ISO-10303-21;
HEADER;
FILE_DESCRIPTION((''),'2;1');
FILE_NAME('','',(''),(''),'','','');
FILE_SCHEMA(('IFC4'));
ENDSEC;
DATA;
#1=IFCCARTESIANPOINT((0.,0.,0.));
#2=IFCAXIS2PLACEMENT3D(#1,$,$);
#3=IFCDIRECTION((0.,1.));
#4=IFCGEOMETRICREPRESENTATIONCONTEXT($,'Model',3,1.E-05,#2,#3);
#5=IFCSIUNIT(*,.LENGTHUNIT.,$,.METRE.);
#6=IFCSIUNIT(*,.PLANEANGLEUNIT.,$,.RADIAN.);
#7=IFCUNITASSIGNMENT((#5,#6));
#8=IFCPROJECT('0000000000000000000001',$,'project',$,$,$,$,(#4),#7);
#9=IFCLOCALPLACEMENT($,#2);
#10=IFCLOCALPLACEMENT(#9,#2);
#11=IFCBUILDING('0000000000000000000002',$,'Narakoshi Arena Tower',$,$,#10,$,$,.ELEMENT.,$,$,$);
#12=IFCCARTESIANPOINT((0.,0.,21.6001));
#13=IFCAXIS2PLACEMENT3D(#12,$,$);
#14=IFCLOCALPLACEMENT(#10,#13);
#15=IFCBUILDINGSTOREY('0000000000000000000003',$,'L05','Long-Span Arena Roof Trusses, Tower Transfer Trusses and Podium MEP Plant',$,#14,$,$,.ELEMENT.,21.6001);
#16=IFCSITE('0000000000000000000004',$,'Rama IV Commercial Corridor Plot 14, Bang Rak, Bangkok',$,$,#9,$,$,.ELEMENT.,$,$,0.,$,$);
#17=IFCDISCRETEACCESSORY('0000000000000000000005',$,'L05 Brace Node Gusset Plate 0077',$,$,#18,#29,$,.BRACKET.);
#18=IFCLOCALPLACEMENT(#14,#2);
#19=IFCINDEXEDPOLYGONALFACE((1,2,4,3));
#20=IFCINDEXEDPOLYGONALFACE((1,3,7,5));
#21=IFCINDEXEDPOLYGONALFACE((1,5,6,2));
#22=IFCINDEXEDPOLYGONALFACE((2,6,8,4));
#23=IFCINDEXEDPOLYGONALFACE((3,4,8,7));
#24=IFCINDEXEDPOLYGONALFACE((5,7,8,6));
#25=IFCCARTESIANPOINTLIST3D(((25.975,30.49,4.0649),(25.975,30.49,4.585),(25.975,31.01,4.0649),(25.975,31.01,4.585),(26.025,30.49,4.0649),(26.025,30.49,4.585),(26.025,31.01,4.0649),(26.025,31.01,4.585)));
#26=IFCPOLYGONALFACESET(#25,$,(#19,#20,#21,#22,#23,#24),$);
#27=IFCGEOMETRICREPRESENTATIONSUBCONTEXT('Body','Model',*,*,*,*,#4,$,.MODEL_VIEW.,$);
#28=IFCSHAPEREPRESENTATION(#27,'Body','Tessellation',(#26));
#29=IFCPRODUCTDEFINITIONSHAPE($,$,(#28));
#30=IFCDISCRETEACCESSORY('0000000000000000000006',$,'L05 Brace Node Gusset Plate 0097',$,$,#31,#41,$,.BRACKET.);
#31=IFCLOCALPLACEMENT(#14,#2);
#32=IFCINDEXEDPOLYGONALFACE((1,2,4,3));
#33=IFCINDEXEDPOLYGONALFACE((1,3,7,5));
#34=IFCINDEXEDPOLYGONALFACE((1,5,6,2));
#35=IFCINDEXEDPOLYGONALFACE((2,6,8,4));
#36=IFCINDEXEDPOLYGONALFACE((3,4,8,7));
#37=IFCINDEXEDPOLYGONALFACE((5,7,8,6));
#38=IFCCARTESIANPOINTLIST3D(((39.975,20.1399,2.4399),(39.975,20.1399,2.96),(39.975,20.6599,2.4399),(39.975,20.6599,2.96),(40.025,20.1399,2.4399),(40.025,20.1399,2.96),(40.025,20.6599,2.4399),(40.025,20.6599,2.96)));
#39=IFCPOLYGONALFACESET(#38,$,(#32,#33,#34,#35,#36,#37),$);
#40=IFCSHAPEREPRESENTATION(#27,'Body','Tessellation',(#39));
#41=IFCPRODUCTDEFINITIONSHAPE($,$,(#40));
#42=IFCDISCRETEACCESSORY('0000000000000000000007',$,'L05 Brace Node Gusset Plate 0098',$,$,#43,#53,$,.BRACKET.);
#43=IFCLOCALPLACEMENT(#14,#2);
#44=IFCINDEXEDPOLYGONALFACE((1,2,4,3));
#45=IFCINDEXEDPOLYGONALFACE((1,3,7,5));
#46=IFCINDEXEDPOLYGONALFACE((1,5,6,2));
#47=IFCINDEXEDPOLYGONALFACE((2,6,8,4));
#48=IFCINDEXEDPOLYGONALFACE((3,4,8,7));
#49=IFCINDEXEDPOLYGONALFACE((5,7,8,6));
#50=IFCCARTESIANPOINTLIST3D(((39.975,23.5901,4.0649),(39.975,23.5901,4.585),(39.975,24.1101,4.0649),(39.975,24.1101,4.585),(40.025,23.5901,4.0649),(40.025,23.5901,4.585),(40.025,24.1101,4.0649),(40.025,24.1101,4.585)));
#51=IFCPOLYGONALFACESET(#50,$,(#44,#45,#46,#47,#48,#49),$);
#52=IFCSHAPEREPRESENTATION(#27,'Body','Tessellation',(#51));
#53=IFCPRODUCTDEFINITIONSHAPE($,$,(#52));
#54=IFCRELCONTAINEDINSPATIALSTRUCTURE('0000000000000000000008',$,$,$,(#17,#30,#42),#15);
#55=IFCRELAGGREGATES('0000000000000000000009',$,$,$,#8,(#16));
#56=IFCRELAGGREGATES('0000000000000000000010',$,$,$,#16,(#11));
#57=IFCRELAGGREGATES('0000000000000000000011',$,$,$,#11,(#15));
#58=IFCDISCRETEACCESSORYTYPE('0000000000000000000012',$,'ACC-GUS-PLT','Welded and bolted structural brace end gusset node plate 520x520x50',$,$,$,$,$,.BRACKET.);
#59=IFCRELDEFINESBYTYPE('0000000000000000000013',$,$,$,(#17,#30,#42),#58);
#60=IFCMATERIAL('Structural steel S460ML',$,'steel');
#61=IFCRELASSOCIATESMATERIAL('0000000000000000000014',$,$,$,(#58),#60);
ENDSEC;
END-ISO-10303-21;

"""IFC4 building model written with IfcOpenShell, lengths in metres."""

from ifc_helpers import new_model, si_unit, direction, frame, origin, origin_2d, place, context, subcontext, project, spatial, rectangle, extrude, material, type_object, element, save


model = new_model("IFC4")

# Units and contexts
model_context = context("Model", 3, precision=1e-05, world=origin(), true_north=direction((0.0, 1.0)))
body_context = subcontext(model_context, "Body", "Model", "MODEL_VIEW")
ifc_project = project(units=[si_unit("LENGTHUNIT", "METRE"), si_unit("PLANEANGLEUNIT", "RADIAN")], contexts=[model_context])

# Site, building, storey
site_placement = place(None, origin())
site = spatial("IfcSite", under=ifc_project, at=site_placement, Name="Rama IV Commercial Corridor Plot 14, Bang Rak, Bangkok", CompositionType="ELEMENT", RefElevation=0.0)
building_placement = place(site_placement, origin())
building = spatial("IfcBuilding", under=site, at=building_placement, Name="Narakoshi Arena Tower", CompositionType="ELEMENT")
storey_placement = place(building_placement, frame((0.0, 0.0, 21.6001)))
storey = spatial("IfcBuildingStorey", under=building, at=storey_placement, Name="L05", Description="Long-Span Arena Roof Trusses, Tower Transfer Trusses and Podium MEP Plant", CompositionType="ELEMENT", Elevation=21.6001)

# Shared definitions
ifc_material_1 = material(Name="Structural steel S460ML", Category="steel")

# Discrete accessories
discrete_accessory_type = type_object("IfcDiscreteAccessoryType", Name="ACC-GUS-PLT", Description="Welded and bolted structural brace end gusset node plate 520x520x50", PredefinedType="BRACKET", material=ifc_material_1)
for number, where, z_axis, x_axis, name in (
    (1, (26.0, 30.75, 4.0649), (0.0, 0.0, 1.0), (0.0, 1.0, 0.0), "L05 Brace Node Gusset Plate 0077"),
    (2, (40.0, 20.3999, 2.4399), (0.0, 0.0, 1.0), (0.0, 1.0, 0.0), "L05 Brace Node Gusset Plate 0097"),
    (3, (40.0, 23.8501, 4.0649), (0.0, 0.0, 1.0), (0.0, 1.0, 0.0), "L05 Brace Node Gusset Plate 0098"),
):
    element("IfcDiscreteAccessory", number, at=place(storey_placement, frame(where, z_axis=z_axis, x_axis=x_axis)), inside=storey, type_object=discrete_accessory_type, Name=name, PredefinedType="BRACKET", context=body_context, shape_type="SweptSolid", body=[
        extrude(rectangle(XDim=0.52, YDim=0.05, at=origin_2d()), origin(), (0.0, 0.0, 1.0), 0.52),
    ])

save(model, "model.ifc")
